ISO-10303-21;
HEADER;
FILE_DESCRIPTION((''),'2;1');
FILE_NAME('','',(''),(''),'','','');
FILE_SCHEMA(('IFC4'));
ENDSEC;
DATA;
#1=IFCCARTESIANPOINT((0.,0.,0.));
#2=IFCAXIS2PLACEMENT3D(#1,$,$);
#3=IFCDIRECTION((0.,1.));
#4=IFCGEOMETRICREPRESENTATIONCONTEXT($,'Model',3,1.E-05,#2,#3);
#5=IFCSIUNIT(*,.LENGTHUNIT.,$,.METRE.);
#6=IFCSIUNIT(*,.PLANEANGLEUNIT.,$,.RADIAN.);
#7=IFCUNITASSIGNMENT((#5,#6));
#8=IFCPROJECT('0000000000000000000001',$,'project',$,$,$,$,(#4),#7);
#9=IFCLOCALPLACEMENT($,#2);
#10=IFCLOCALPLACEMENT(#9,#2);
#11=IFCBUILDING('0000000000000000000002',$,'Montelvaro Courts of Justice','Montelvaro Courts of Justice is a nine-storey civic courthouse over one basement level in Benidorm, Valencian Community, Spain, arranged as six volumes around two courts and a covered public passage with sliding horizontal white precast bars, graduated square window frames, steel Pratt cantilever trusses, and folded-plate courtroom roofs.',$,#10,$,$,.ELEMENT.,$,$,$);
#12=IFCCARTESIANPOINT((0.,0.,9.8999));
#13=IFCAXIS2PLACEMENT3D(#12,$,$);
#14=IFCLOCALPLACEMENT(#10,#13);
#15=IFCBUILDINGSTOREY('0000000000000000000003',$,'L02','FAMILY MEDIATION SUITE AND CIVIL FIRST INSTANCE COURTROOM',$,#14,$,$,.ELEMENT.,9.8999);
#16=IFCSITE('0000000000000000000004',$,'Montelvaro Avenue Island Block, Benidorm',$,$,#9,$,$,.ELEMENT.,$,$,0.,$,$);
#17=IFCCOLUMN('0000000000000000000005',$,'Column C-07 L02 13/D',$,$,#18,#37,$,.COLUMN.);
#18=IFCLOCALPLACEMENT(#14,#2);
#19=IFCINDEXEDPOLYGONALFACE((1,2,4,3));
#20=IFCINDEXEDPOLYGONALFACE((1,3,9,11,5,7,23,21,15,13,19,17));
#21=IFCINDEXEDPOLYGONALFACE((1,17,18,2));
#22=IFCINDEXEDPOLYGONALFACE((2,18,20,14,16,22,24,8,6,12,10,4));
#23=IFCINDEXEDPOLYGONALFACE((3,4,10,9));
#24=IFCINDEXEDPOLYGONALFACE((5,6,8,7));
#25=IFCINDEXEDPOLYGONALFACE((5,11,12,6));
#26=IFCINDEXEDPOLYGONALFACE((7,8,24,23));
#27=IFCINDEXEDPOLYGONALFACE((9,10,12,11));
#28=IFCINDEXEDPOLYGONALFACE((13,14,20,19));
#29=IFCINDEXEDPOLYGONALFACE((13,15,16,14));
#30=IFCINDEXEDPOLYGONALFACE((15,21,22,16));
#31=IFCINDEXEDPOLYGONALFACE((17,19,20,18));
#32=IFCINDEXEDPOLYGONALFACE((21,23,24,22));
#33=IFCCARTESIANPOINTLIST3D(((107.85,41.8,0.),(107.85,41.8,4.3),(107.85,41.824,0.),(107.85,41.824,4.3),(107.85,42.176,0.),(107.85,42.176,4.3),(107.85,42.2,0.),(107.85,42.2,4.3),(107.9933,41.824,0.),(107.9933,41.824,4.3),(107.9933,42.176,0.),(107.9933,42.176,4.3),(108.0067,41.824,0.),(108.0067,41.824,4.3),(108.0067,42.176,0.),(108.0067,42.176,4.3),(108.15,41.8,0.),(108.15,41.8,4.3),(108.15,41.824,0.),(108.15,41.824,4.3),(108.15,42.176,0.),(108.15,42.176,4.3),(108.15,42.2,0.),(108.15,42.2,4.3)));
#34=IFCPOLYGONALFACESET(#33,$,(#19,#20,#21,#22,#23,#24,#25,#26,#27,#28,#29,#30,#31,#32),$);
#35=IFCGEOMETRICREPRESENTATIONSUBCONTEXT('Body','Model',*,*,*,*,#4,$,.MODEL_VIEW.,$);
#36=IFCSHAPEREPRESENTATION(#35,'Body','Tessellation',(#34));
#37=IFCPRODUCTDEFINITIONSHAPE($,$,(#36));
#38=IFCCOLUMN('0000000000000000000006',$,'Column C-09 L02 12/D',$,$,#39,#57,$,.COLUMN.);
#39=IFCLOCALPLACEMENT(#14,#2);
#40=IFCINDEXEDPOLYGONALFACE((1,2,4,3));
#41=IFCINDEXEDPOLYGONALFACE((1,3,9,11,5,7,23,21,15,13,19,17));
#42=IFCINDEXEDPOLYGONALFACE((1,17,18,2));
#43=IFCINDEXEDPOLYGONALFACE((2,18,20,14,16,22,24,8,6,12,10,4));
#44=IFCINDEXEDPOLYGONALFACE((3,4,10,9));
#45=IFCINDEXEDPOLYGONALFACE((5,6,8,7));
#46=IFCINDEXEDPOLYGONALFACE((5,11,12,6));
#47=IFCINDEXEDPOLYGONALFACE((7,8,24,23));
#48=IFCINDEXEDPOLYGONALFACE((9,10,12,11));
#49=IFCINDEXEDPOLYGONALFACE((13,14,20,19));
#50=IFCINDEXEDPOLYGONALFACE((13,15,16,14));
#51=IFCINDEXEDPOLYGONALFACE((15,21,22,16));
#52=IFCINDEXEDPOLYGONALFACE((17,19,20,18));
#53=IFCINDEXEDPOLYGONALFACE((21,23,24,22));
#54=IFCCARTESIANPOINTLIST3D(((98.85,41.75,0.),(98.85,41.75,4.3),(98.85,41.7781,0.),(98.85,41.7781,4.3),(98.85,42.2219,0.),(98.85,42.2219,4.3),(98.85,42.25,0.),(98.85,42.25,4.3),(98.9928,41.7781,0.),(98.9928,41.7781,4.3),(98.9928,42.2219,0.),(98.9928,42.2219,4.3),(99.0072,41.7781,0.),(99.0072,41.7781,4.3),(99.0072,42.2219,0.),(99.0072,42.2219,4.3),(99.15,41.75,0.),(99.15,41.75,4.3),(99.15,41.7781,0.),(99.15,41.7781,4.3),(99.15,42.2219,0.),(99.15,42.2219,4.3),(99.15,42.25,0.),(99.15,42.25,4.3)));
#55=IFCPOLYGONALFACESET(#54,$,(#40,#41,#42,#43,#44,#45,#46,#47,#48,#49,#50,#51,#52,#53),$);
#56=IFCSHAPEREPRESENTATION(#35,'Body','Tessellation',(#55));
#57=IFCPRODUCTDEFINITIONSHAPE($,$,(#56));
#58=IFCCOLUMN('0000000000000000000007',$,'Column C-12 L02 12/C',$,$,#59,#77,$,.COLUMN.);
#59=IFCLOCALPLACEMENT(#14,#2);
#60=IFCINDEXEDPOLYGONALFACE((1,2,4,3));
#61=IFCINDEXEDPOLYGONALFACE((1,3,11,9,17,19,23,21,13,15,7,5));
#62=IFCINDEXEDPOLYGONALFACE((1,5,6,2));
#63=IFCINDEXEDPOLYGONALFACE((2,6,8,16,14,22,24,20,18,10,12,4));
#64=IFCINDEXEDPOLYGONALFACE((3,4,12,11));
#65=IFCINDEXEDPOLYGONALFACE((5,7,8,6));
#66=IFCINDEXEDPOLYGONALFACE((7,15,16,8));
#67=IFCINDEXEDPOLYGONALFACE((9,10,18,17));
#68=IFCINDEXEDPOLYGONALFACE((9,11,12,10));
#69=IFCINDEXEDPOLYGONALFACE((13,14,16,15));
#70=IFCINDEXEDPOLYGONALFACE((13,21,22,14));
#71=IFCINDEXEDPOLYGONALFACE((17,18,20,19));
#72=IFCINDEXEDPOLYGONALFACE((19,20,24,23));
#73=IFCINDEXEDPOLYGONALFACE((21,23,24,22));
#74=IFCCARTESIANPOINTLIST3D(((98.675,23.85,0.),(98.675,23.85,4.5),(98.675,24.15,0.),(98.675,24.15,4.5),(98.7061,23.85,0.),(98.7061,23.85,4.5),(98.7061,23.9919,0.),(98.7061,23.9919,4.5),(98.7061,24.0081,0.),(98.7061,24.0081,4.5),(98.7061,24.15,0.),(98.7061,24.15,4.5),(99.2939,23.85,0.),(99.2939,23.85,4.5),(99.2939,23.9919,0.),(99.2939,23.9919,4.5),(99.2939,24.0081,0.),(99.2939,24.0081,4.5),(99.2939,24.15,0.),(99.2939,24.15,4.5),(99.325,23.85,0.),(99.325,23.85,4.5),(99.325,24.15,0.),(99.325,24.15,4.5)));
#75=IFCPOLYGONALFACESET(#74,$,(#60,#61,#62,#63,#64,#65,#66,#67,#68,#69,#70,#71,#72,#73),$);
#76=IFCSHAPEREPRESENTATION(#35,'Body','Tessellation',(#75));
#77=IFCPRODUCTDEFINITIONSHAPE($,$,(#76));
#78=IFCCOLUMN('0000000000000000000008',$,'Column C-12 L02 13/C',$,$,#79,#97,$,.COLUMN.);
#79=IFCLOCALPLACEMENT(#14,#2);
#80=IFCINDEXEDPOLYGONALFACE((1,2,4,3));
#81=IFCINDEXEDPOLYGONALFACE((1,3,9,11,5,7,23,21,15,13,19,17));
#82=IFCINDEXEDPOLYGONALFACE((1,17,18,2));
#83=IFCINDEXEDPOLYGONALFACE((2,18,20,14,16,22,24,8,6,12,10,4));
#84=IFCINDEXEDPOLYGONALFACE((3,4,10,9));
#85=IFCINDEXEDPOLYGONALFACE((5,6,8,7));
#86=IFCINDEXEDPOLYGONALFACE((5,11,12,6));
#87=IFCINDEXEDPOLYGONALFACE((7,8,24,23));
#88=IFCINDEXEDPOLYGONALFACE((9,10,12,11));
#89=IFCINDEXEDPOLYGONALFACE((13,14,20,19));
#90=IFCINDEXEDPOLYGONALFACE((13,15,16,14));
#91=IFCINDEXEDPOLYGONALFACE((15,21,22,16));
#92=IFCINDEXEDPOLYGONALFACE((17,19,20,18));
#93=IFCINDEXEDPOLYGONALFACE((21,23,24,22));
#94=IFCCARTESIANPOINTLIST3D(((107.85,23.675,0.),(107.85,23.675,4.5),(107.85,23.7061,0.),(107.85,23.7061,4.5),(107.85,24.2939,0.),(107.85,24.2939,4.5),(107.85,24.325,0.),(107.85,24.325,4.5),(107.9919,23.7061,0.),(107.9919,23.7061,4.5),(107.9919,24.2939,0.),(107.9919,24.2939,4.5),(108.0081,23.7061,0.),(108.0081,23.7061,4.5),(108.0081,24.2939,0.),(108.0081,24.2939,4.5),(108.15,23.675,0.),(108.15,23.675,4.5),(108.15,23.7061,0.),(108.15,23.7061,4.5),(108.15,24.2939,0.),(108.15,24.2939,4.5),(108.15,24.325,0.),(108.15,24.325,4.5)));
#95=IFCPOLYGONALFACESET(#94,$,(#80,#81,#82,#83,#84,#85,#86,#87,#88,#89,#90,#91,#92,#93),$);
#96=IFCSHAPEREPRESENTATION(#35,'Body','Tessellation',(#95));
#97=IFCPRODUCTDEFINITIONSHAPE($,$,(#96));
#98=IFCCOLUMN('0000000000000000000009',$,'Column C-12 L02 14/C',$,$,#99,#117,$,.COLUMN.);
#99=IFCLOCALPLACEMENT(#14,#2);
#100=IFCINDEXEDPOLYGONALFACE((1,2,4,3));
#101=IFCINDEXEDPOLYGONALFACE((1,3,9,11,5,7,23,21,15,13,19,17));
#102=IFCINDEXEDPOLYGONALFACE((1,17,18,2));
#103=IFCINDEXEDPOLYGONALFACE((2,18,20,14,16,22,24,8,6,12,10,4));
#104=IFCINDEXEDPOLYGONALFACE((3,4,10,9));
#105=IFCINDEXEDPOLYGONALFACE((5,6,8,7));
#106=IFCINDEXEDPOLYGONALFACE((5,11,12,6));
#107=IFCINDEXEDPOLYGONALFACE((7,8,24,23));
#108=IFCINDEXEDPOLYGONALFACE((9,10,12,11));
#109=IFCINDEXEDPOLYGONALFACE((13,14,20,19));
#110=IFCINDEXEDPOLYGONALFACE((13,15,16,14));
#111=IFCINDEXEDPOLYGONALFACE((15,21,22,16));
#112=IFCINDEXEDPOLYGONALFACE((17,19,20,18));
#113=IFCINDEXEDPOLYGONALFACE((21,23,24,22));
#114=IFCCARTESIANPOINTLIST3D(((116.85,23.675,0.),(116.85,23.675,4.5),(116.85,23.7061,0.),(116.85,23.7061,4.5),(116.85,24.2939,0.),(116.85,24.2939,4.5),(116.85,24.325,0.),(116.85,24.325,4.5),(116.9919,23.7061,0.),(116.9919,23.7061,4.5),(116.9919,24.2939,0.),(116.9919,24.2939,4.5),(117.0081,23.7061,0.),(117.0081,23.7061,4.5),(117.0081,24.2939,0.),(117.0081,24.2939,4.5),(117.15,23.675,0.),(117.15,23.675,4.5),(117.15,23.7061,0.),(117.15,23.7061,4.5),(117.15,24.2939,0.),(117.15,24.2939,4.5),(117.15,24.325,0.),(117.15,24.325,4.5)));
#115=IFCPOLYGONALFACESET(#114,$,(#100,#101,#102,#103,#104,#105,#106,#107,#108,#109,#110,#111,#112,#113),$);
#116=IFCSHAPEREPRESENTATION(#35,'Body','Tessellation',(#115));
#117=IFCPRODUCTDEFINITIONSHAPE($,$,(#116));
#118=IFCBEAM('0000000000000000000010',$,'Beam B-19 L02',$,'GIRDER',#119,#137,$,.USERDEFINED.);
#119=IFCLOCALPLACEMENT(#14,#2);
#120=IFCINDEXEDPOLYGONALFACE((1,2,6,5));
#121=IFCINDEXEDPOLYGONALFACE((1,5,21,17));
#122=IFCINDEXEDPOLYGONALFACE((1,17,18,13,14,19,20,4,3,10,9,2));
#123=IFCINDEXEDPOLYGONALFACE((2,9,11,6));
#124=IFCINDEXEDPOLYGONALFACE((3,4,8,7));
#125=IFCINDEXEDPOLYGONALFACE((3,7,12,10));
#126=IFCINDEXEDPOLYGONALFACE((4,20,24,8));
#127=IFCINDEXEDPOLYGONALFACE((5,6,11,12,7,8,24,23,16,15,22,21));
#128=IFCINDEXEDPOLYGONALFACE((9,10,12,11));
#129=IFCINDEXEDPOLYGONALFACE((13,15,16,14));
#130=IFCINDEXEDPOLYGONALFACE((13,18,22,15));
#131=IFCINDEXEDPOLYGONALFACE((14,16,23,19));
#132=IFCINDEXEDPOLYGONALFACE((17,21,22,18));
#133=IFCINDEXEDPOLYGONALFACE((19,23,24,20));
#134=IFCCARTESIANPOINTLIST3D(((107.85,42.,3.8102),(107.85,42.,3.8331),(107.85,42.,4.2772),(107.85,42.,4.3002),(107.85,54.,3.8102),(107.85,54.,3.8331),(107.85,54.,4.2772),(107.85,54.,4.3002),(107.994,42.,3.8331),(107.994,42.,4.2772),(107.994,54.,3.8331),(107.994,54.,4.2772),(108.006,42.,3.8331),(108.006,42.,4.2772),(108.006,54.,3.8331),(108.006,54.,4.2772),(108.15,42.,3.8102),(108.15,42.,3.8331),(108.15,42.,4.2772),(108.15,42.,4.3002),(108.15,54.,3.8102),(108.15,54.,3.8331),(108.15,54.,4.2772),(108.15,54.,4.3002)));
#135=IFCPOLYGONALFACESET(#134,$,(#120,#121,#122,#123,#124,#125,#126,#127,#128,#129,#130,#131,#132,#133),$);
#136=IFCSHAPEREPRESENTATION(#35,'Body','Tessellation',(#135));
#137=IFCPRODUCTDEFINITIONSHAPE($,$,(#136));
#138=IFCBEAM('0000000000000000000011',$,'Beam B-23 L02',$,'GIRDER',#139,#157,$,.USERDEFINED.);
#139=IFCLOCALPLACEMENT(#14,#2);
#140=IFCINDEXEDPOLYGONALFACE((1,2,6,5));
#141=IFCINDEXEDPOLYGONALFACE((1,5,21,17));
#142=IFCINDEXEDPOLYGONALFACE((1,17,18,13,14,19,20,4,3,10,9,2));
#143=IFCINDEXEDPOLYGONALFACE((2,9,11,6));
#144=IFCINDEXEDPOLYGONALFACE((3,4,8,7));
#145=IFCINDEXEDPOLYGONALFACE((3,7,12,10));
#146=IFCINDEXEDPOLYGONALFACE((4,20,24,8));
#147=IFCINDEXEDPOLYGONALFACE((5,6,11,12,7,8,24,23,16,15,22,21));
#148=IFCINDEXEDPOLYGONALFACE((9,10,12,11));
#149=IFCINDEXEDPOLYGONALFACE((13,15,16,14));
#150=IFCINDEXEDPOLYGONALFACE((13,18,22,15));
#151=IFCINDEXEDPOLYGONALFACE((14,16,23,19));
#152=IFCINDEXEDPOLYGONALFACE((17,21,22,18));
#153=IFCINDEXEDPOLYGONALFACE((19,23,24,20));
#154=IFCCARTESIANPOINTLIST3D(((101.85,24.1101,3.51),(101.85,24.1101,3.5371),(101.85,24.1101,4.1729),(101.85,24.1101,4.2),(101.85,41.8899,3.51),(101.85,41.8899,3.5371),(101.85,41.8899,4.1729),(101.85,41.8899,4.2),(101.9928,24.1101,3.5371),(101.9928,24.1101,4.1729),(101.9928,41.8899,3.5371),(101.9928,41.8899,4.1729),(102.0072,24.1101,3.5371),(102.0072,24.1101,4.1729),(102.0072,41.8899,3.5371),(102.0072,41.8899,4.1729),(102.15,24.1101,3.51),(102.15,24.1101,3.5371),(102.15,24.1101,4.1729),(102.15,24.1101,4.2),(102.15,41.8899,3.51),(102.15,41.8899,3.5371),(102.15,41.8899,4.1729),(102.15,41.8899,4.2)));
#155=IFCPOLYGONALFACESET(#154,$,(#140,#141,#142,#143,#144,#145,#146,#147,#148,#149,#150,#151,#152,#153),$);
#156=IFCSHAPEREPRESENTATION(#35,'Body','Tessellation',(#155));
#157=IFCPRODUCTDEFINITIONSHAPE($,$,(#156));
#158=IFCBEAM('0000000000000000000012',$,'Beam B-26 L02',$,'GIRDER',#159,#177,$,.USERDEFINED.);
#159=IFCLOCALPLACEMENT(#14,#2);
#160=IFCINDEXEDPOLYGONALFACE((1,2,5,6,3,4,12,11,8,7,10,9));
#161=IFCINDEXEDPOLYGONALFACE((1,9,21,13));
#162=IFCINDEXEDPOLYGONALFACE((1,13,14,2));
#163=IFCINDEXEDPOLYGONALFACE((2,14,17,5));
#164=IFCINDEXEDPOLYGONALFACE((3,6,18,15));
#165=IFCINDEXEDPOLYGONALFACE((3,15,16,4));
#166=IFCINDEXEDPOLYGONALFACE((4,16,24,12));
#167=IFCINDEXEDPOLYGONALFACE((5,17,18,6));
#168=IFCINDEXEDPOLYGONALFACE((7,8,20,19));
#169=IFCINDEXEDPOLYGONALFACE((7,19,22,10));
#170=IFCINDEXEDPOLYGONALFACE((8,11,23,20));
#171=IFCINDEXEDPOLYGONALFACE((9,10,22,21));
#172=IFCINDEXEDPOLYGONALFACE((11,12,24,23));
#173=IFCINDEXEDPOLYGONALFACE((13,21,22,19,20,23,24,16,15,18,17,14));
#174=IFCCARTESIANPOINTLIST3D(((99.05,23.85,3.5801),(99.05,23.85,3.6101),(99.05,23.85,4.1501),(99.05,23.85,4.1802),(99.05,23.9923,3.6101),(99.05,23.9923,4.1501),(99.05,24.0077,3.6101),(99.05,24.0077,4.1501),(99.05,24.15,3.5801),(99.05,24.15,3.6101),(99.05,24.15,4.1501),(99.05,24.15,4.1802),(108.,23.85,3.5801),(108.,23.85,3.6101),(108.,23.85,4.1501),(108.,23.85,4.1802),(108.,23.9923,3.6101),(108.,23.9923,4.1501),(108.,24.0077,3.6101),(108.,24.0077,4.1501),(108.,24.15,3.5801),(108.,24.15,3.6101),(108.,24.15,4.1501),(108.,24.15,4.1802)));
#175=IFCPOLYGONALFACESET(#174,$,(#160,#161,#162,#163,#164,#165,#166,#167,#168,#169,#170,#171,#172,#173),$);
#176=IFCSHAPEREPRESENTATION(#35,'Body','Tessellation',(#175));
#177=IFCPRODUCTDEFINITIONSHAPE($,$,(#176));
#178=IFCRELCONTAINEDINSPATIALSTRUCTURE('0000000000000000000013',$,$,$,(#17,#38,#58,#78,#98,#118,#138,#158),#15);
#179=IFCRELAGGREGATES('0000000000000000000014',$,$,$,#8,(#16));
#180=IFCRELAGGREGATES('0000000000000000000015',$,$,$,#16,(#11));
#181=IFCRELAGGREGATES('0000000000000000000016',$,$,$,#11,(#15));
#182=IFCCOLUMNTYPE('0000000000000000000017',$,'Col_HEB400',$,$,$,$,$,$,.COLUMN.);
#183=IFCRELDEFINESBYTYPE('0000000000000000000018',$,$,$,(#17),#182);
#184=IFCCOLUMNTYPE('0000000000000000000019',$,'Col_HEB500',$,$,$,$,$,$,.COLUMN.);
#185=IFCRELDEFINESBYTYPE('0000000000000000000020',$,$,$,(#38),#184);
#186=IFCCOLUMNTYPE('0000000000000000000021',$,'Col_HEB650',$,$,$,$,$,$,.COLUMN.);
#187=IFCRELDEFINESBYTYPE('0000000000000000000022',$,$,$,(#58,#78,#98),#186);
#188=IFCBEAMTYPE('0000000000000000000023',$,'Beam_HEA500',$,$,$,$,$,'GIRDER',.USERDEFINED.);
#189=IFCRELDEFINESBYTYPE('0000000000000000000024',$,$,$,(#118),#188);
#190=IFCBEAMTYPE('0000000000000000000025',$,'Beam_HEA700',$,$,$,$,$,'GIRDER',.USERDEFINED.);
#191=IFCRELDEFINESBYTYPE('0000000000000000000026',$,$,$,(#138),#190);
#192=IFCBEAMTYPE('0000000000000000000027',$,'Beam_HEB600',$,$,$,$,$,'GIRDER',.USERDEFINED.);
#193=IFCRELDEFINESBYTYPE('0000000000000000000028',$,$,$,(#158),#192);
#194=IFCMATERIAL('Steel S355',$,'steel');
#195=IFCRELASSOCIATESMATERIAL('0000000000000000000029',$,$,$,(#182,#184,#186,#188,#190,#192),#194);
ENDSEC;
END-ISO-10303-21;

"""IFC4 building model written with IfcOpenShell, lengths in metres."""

from ifc_helpers import new_model, si_unit, direction, frame, origin, origin_2d, place, context, subcontext, project, spatial, i_section, extrude, material, material_profile, profile_set, type_object, element, save


model = new_model("IFC4")

# Units and contexts
model_context = context("Model", 3, precision=1e-05, world=origin(), true_north=direction((0.0, 1.0)))
body_context = subcontext(model_context, "Body", "Model", "MODEL_VIEW")
ifc_project = project(units=[si_unit("LENGTHUNIT", "METRE"), si_unit("PLANEANGLEUNIT", "RADIAN")], contexts=[model_context])

# Site, building, storey
site_placement = place(None, origin())
site = spatial("IfcSite", under=ifc_project, at=site_placement, Name="Montelvaro Avenue Island Block, Benidorm", CompositionType="ELEMENT", RefElevation=0.0)
building_placement = place(site_placement, origin())
building = spatial("IfcBuilding", under=site, at=building_placement, Name="Montelvaro Courts of Justice", Description="Montelvaro Courts of Justice is a nine-storey civic courthouse over one basement level in Benidorm, Valencian Community, Spain, arranged as six volumes around two courts and a covered public passage with sliding horizontal white precast bars, graduated square window frames, steel Pratt cantilever trusses, and folded-plate courtroom roofs.", CompositionType="ELEMENT")
storey_placement = place(building_placement, frame((0.0, 0.0, 9.8999)))
storey = spatial("IfcBuildingStorey", under=building, at=storey_placement, Name="L02", Description="FAMILY MEDIATION SUITE AND CIVIL FIRST INSTANCE COURTROOM", CompositionType="ELEMENT", Elevation=9.8999)

# Columns
ifc_material_1 = material(Name="Steel S355", Category="steel")
ifc_material_profile_1 = material_profile(ifc_material_1, i_section(OverallWidth=0.3, OverallDepth=0.3999, WebThickness=0.0134, FlangeThickness=0.0239, at=origin_2d()), Name="HEB 400")
ifc_profile_set_1 = profile_set([ifc_material_profile_1], Name="Steel S355")
column_type_1 = type_object("IfcColumnType", Name="Col_HEB400", PredefinedType="COLUMN", material=ifc_profile_set_1)
column_1_placement = place(storey_placement, frame((108.0, 42.0, 0.0), z_axis=(0.0, 0.0, 1.0), x_axis=(1.0, 0.0, 0.0)))
element("IfcColumn", 1, at=column_1_placement, inside=storey, type_object=column_type_1, Name="Column C-07 L02 13/D", PredefinedType="COLUMN", context=body_context, shape_type="SweptSolid", body=[
    extrude(i_section(OverallWidth=0.3, OverallDepth=0.3999, WebThickness=0.0134, FlangeThickness=0.0239, at=origin_2d()), origin(), (0.0, 0.0, 1.0), 4.3),
])
ifc_material_profile_2 = material_profile(ifc_material_1, i_section(OverallWidth=0.3, OverallDepth=0.5, WebThickness=0.0144, FlangeThickness=0.0281, at=origin_2d()), Name="HEB 500")
ifc_profile_set_2 = profile_set([ifc_material_profile_2], Name="Steel S355")
column_type_2 = type_object("IfcColumnType", Name="Col_HEB500", PredefinedType="COLUMN", material=ifc_profile_set_2)
column_2_placement = place(storey_placement, frame((99.0, 42.0, 0.0), z_axis=(0.0, 0.0, 1.0), x_axis=(1.0, 0.0, 0.0)))
element("IfcColumn", 2, at=column_2_placement, inside=storey, type_object=column_type_2, Name="Column C-09 L02 12/D", PredefinedType="COLUMN", context=body_context, shape_type="SweptSolid", body=[
    extrude(i_section(OverallWidth=0.3, OverallDepth=0.5, WebThickness=0.0144, FlangeThickness=0.0281, at=origin_2d()), origin(), (0.0, 0.0, 1.0), 4.3),
])
ifc_material_profile_3 = material_profile(ifc_material_1, i_section(OverallWidth=0.3, OverallDepth=0.6499, WebThickness=0.0161, FlangeThickness=0.031, at=origin_2d()), Name="HEB 650")
ifc_profile_set_3 = profile_set([ifc_material_profile_3], Name="Steel S355")
column_type_3 = type_object("IfcColumnType", Name="Col_HEB650", PredefinedType="COLUMN", material=ifc_profile_set_3)
for number, where, z_axis, x_axis, name in (
    (3, (99.0, 24.0, 0.0), (0.0, 0.0, 1.0), (0.0, 1.0, 0.0), "Column C-12 L02 12/C"),
    (4, (108.0, 24.0, 0.0), (0.0, 0.0, 1.0), (1.0, 0.0, 0.0), "Column C-12 L02 13/C"),
    (5, (117.0, 24.0, 0.0), (0.0, 0.0, 1.0), (1.0, 0.0, 0.0), "Column C-12 L02 14/C"),
):
    element("IfcColumn", number, at=place(storey_placement, frame(where, z_axis=z_axis, x_axis=x_axis)), inside=storey, type_object=column_type_3, Name=name, PredefinedType="COLUMN", context=body_context, shape_type="SweptSolid", body=[
        extrude(i_section(OverallWidth=0.3, OverallDepth=0.6499, WebThickness=0.0161, FlangeThickness=0.031, at=origin_2d()), origin(), (0.0, 0.0, 1.0), 4.5),
    ])

# Beams
ifc_material_profile_4 = material_profile(ifc_material_1, i_section(OverallWidth=0.3, OverallDepth=0.49, WebThickness=0.012, FlangeThickness=0.0229, at=origin_2d()), Name="HEA 500")
ifc_profile_set_4 = profile_set([ifc_material_profile_4], Name="Steel S355")
beam_type_1 = type_object("IfcBeamType", Name="Beam_HEA500", ElementType="GIRDER", PredefinedType="USERDEFINED", material=ifc_profile_set_4)
beam_1_placement = place(storey_placement, frame((108.0, 42.0, 4.0552), z_axis=(0.0, 1.0, 0.0), x_axis=(-1.0, 0.0, 0.0)))
element("IfcBeam", 6, at=beam_1_placement, inside=storey, type_object=beam_type_1, Name="Beam B-19 L02", ObjectType="GIRDER", PredefinedType="USERDEFINED", context=body_context, shape_type="SweptSolid", body=[
    extrude(i_section(OverallWidth=0.3, OverallDepth=0.49, WebThickness=0.012, FlangeThickness=0.0229, at=origin_2d()), origin(), (0.0, 0.0, 1.0), 12.0),
])
ifc_material_profile_5 = material_profile(ifc_material_1, i_section(OverallWidth=0.3, OverallDepth=0.6899, WebThickness=0.0144, FlangeThickness=0.0271, at=origin_2d()), Name="HEA 700")
ifc_profile_set_5 = profile_set([ifc_material_profile_5], Name="Steel S355")
beam_type_2 = type_object("IfcBeamType", Name="Beam_HEA700", ElementType="GIRDER", PredefinedType="USERDEFINED", material=ifc_profile_set_5)
beam_2_placement = place(storey_placement, frame((102.0, 24.1101, 3.855), z_axis=(0.0, 1.0, 0.0), x_axis=(-1.0, 0.0, 0.0)))
element("IfcBeam", 7, at=beam_2_placement, inside=storey, type_object=beam_type_2, Name="Beam B-23 L02", ObjectType="GIRDER", PredefinedType="USERDEFINED", context=body_context, shape_type="SweptSolid", body=[
    extrude(i_section(OverallWidth=0.3, OverallDepth=0.6899, WebThickness=0.0144, FlangeThickness=0.0271, at=origin_2d()), origin(), (0.0, 0.0, 1.0), 17.7798),
])
ifc_material_profile_6 = material_profile(ifc_material_1, i_section(OverallWidth=0.3, OverallDepth=0.6001, WebThickness=0.0154, FlangeThickness=0.03, at=origin_2d()), Name="HEB 600")
ifc_profile_set_6 = profile_set([ifc_material_profile_6], Name="Steel S355")
beam_type_3 = type_object("IfcBeamType", Name="Beam_HEB600", ElementType="GIRDER", PredefinedType="USERDEFINED", material=ifc_profile_set_6)
beam_3_placement = place(storey_placement, frame((99.05, 24.0, 3.8801), z_axis=(1.0, 0.0, 0.0), x_axis=(0.0, 1.0, 0.0)))
element("IfcBeam", 8, at=beam_3_placement, inside=storey, type_object=beam_type_3, Name="Beam B-26 L02", ObjectType="GIRDER", PredefinedType="USERDEFINED", context=body_context, shape_type="SweptSolid", body=[
    extrude(i_section(OverallWidth=0.3, OverallDepth=0.6001, WebThickness=0.0154, FlangeThickness=0.03, at=origin_2d()), origin(), (0.0, 0.0, 1.0), 8.95),
])

save(model, "model.ifc")
